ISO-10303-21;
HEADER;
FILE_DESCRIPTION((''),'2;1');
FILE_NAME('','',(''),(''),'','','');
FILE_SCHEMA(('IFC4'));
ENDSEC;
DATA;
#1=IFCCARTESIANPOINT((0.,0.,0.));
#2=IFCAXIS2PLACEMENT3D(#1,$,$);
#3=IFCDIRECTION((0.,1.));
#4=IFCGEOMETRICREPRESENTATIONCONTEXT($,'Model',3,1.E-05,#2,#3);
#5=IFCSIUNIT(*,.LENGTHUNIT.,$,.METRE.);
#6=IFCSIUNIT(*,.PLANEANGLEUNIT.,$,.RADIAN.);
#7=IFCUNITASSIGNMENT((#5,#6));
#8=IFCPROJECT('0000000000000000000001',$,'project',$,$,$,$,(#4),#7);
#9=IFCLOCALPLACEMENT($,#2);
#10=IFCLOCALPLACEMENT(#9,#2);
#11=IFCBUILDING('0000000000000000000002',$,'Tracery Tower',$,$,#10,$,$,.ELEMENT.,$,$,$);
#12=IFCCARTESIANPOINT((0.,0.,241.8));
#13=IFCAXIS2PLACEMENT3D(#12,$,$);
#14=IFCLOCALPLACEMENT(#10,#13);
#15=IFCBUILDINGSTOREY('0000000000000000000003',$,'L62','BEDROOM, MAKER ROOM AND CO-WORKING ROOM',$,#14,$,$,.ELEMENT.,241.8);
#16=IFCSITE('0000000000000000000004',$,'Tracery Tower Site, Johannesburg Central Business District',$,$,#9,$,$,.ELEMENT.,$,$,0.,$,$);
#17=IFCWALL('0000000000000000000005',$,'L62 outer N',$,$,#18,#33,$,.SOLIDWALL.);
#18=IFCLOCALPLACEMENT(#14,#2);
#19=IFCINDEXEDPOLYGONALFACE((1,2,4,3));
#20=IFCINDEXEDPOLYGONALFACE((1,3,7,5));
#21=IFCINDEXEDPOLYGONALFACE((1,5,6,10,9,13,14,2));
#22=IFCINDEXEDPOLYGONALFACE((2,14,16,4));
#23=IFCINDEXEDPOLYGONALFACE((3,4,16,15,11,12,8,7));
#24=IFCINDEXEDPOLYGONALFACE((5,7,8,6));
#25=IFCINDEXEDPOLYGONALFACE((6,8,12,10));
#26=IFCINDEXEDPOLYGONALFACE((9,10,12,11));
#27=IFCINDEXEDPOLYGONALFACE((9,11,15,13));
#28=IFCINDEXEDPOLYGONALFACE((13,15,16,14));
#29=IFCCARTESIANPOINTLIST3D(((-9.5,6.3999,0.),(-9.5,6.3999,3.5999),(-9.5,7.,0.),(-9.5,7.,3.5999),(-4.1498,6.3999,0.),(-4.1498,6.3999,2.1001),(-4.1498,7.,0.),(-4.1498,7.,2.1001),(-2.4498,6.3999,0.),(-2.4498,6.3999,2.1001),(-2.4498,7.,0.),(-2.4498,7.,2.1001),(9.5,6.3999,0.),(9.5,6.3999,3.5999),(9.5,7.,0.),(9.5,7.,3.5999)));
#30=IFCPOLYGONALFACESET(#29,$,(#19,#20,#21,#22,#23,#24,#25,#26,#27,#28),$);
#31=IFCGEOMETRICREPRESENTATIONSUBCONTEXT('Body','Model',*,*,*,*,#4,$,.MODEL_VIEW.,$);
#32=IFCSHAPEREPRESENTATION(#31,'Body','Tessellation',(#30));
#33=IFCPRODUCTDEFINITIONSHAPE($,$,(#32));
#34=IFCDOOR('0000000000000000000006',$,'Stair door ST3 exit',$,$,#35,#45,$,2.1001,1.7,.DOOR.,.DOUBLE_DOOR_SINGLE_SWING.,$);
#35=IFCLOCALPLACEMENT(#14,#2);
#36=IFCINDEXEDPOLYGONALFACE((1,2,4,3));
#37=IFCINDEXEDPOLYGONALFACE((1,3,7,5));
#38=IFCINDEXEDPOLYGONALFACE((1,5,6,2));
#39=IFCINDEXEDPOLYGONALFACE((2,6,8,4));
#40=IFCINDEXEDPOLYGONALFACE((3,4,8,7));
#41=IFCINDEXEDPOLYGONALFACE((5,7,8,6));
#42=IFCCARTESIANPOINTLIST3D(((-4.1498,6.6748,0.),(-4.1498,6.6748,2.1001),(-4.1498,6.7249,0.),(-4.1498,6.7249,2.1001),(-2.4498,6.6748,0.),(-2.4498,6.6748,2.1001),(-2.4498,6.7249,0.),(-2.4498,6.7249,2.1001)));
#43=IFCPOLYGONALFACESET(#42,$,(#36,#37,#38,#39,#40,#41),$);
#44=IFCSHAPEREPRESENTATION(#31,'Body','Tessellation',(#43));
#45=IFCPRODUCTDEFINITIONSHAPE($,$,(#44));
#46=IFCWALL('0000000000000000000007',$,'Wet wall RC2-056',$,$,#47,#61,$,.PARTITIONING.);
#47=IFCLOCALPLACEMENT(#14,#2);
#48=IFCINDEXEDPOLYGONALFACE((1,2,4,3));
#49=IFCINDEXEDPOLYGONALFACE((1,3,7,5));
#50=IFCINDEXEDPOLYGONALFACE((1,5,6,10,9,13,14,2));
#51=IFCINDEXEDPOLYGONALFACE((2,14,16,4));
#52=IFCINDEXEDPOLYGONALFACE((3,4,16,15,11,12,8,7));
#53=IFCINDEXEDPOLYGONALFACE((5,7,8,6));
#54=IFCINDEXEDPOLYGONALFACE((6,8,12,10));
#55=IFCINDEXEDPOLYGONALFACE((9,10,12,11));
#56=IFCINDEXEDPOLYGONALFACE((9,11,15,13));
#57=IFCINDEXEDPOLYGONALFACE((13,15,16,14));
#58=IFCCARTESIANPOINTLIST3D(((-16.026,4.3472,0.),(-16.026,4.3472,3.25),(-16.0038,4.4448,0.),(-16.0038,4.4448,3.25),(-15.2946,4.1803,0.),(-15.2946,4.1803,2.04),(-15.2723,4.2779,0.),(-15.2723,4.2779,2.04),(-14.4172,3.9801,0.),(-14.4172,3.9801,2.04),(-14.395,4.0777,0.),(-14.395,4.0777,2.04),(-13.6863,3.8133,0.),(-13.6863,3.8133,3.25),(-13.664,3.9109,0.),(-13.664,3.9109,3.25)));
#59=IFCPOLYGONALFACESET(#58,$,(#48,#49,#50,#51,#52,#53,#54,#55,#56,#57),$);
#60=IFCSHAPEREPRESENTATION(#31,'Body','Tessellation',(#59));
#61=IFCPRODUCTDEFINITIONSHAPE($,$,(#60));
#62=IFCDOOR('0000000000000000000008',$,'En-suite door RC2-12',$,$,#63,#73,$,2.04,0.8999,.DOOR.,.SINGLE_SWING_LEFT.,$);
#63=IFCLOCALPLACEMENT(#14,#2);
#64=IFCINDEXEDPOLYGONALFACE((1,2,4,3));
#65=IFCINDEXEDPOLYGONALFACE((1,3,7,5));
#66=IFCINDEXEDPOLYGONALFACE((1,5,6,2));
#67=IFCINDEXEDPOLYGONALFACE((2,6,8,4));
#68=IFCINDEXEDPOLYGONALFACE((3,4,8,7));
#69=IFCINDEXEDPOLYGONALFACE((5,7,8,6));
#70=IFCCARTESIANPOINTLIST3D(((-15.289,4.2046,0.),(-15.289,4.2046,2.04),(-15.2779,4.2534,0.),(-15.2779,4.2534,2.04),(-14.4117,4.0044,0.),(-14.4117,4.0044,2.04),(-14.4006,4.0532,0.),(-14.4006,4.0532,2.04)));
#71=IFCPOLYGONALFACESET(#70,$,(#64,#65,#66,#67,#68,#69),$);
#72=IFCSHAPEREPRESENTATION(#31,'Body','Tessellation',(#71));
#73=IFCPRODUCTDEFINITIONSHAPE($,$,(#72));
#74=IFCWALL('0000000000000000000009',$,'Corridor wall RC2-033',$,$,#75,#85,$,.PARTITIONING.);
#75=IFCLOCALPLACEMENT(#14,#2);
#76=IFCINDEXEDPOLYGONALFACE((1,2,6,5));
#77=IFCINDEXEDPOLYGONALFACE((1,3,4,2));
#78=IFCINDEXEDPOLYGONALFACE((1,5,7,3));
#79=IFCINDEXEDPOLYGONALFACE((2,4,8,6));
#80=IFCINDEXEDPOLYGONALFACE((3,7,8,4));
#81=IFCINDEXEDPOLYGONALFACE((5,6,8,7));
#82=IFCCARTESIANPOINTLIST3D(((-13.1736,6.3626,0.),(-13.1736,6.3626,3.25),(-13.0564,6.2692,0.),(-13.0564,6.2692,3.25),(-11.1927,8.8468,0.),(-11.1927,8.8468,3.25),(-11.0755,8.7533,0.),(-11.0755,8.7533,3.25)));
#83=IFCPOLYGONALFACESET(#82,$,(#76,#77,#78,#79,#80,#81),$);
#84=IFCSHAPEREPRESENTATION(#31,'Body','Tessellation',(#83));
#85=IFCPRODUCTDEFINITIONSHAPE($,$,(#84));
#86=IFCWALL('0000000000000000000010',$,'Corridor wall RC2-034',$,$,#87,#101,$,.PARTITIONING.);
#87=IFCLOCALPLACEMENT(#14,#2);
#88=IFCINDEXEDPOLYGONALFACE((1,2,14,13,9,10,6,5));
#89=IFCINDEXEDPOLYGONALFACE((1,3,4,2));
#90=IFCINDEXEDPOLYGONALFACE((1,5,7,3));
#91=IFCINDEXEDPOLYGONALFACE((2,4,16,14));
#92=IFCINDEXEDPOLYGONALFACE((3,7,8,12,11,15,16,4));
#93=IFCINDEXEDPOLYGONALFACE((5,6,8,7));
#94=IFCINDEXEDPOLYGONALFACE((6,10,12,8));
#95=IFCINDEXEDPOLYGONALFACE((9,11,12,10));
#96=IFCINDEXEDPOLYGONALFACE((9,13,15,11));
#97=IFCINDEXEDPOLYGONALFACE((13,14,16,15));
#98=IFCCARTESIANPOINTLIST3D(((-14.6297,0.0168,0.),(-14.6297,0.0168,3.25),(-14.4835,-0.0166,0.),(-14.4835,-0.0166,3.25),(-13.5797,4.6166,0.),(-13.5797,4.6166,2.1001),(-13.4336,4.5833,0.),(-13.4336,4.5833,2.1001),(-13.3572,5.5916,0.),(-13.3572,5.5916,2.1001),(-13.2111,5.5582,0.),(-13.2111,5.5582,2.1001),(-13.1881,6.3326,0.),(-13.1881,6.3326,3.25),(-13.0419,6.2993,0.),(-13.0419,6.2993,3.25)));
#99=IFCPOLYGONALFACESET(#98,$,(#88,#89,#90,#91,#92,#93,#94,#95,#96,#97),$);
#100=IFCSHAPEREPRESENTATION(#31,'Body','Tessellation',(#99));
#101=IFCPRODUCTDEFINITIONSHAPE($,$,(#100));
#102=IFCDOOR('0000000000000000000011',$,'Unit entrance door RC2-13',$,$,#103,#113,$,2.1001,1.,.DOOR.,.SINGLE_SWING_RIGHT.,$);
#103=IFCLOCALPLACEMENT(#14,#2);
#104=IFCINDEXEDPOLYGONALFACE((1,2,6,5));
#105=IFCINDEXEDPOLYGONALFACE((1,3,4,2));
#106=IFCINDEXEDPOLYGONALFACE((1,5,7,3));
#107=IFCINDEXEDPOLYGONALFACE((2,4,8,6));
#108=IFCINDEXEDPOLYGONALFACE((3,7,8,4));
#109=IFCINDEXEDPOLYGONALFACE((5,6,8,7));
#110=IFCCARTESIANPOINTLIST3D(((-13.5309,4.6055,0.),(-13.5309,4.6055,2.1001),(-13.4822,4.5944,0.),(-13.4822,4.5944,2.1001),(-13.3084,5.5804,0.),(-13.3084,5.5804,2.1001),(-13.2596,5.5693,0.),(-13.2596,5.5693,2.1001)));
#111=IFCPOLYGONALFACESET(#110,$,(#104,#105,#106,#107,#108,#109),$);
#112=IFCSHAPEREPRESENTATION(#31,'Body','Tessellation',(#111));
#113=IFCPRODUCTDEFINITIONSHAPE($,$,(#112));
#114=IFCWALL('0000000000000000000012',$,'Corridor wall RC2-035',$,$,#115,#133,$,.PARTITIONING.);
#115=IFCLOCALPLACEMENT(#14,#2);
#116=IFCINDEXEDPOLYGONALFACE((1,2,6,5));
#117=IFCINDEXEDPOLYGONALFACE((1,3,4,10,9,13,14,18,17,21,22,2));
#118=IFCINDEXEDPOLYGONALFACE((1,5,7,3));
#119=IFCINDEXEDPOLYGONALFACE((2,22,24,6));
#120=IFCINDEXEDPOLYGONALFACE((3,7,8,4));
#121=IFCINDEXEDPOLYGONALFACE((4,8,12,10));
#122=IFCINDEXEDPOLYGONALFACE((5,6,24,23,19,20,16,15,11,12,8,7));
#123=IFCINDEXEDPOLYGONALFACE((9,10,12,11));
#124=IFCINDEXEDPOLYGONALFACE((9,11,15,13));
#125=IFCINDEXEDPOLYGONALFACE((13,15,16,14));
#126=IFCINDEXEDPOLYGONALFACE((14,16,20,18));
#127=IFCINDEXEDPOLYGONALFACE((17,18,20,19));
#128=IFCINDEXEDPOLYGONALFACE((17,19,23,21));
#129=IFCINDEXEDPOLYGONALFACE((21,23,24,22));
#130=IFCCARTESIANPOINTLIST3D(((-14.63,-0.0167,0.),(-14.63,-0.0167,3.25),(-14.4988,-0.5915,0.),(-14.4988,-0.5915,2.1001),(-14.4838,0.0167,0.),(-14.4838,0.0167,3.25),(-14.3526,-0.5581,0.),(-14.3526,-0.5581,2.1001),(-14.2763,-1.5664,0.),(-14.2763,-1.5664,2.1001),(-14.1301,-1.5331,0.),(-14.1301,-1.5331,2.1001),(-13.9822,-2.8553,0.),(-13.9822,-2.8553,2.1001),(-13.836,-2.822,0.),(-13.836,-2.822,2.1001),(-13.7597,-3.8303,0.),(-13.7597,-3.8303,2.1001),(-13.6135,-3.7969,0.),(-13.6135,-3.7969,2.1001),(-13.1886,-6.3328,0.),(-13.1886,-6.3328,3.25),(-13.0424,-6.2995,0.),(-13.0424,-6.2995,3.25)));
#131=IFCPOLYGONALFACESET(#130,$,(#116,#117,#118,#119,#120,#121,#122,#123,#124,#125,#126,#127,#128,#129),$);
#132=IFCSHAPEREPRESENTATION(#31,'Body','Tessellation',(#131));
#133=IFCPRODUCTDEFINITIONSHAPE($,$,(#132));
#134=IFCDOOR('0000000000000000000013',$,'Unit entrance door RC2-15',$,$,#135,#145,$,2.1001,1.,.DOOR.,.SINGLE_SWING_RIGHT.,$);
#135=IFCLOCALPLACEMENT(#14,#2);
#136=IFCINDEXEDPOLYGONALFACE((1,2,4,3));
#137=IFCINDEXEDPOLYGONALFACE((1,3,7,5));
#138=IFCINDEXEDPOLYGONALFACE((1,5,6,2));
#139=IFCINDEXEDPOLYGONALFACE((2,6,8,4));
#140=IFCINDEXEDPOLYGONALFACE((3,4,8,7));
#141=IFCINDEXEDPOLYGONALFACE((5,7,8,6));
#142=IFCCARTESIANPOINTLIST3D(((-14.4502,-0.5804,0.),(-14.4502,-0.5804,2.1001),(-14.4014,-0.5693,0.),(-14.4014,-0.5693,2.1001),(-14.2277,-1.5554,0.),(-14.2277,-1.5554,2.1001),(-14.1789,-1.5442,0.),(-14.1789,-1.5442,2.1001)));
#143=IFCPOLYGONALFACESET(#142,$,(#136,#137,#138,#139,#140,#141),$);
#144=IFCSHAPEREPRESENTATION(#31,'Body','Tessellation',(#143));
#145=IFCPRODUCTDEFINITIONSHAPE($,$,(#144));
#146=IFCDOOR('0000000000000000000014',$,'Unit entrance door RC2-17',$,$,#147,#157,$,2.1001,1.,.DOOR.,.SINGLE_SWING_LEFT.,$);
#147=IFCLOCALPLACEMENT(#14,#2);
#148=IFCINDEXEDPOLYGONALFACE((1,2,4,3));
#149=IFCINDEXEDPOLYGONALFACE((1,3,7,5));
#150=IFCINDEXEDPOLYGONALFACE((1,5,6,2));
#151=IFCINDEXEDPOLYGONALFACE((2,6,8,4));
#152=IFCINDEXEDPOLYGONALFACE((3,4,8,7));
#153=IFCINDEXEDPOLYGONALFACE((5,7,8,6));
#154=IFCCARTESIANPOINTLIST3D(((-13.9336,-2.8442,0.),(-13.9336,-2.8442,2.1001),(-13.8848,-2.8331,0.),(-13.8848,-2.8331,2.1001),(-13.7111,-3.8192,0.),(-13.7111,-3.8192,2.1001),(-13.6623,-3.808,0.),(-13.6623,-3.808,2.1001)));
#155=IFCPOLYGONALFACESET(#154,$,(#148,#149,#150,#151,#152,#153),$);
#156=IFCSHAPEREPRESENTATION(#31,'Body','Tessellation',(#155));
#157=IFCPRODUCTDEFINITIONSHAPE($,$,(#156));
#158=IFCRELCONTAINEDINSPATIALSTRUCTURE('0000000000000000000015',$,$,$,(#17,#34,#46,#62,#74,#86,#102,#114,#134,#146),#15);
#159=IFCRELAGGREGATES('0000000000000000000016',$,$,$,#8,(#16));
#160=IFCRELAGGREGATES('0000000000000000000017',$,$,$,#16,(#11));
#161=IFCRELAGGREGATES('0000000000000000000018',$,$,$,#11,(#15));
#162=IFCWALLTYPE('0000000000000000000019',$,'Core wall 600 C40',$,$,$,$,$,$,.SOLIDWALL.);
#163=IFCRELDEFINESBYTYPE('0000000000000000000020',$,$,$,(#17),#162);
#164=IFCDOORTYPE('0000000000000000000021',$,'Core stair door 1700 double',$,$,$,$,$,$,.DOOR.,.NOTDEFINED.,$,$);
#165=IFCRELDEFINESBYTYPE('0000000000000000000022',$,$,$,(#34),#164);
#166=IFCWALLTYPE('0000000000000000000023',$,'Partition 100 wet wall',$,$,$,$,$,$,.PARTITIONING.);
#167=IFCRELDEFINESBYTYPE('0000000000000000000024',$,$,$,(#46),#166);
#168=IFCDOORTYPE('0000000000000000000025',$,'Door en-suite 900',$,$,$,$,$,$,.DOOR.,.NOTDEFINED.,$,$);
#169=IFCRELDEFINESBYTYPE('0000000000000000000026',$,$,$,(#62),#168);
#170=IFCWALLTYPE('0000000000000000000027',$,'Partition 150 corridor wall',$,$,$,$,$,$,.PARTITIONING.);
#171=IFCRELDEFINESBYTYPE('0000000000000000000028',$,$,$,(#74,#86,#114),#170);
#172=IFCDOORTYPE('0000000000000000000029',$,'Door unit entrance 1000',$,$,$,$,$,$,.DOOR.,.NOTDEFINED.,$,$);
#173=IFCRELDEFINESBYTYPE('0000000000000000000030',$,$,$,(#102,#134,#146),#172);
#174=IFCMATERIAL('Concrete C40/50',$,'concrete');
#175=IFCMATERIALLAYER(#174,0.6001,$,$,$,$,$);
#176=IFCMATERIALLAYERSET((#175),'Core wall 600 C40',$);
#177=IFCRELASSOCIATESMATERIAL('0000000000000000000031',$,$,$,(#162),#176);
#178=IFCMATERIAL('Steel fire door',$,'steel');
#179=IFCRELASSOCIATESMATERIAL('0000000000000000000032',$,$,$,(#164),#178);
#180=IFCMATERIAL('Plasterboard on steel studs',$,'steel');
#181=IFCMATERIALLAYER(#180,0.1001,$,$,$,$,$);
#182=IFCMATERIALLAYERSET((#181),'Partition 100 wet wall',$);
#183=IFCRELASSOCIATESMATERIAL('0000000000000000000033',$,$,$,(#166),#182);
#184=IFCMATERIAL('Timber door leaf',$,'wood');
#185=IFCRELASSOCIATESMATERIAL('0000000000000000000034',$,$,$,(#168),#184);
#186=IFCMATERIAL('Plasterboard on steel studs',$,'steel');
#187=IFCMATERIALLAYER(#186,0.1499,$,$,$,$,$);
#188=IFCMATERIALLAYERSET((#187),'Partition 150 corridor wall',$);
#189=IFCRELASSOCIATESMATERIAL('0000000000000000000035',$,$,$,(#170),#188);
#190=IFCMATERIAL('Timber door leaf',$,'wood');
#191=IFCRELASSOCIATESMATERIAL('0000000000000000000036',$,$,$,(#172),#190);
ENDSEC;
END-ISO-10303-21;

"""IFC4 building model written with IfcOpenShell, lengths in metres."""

from ifc_helpers import new_model, si_unit, direction, frame, frame_2d, origin, place, context, subcontext, project, spatial, rectangle, extrude, material, layer, layer_set, type_object, element, fill, save


model = new_model("IFC4")

# Units and contexts
model_context = context("Model", 3, precision=1e-05, world=origin(), true_north=direction((0.0, 1.0)))
body_context = subcontext(model_context, "Body", "Model", "MODEL_VIEW")
ifc_project = project(units=[si_unit("LENGTHUNIT", "METRE"), si_unit("PLANEANGLEUNIT", "RADIAN")], contexts=[model_context])

# Site, building, storey
site_placement = place(None, origin())
site = spatial("IfcSite", under=ifc_project, at=site_placement, Name="Tracery Tower Site, Johannesburg Central Business District", CompositionType="ELEMENT", RefElevation=0.0)
building_placement = place(site_placement, origin())
building = spatial("IfcBuilding", under=site, at=building_placement, Name="Tracery Tower", CompositionType="ELEMENT")
storey_placement = place(building_placement, frame((0.0, 0.0, 241.8)))
storey = spatial("IfcBuildingStorey", under=building, at=storey_placement, Name="L62", Description="BEDROOM, MAKER ROOM AND CO-WORKING ROOM", CompositionType="ELEMENT", Elevation=241.8)

# Walls, openings, doors
ifc_material_1 = material(Name="Concrete C40/50", Category="concrete")
ifc_layer_1 = layer(ifc_material_1, 0.6001)
ifc_layer_set_1 = layer_set([ifc_layer_1], Name="Core wall 600 C40")
wall_type_1 = type_object("IfcWallType", Name="Core wall 600 C40", PredefinedType="SOLIDWALL", material=ifc_layer_set_1)
wall_1_placement = place(storey_placement, frame((-9.5, 6.7, 0.0), z_axis=(0.0, 0.0, 1.0), x_axis=(1.0, 0.0, 0.0)))
wall_1 = element("IfcWall", 1, at=wall_1_placement, inside=storey, type_object=wall_type_1, Name="L62 outer N", PredefinedType="SOLIDWALL", context=body_context, shape_type="SweptSolid", body=[
    extrude(rectangle(XDim=19.0, YDim=0.6001, at=frame_2d((9.5, 0.0))), origin(), (0.0, 0.0, 1.0), 3.5999),
])
opening_1_placement = place(wall_1_placement, frame((5.3501, 0.0, 0.0)))
opening_1 = element("IfcOpeningElement", 2, at=opening_1_placement, cuts=wall_1, PredefinedType="OPENING", context=body_context, shape_type="SweptSolid", body=[
    extrude(rectangle(XDim=1.7, YDim=2.1001, at=frame_2d((0.8501, 1.05))), frame((0.0, 0.3, 0.0), z_axis=(0.0, -1.0, 0.0), x_axis=(1.0, 0.0, 0.0)), (0.0, 0.0, 1.0), 0.6001),
])
ifc_material_2 = material(Name="Steel fire door", Category="steel")
door_type_1 = type_object("IfcDoorType", Name="Core stair door 1700 double", OperationType="NOTDEFINED", PredefinedType="DOOR", material=ifc_material_2)
door_1_placement = place(opening_1_placement, origin())
door_1 = element("IfcDoor", 3, at=door_1_placement, inside=storey, type_object=door_type_1, Name="Stair door ST3 exit", OperationType="DOUBLE_DOOR_SINGLE_SWING", OverallHeight=2.1001, OverallWidth=1.7, PredefinedType="DOOR", context=body_context, shape_type="SweptSolid", body=[
    extrude(rectangle(XDim=1.7, YDim=2.1001, at=frame_2d((0.8501, 1.05))), frame((0.0, 0.0249, 0.0), z_axis=(0.0, -1.0, 0.0), x_axis=(1.0, 0.0, 0.0)), (0.0, 0.0, 1.0), 0.05),
])
fill(opening_1, door_1)
ifc_material_3 = material(Name="Plasterboard on steel studs", Category="steel")
ifc_layer_2 = layer(ifc_material_3, 0.1001)
ifc_layer_set_2 = layer_set([ifc_layer_2], Name="Partition 100 wet wall")
wall_type_2 = type_object("IfcWallType", Name="Partition 100 wet wall", PredefinedType="PARTITIONING", material=ifc_layer_set_2)
wall_2_placement = place(storey_placement, frame((-16.0149, 4.396, 0.0), z_axis=(0.0, 0.0, 1.0), x_axis=(0.974939, -0.222474, 0.0)))
wall_2 = element("IfcWall", 4, at=wall_2_placement, inside=storey, type_object=wall_type_2, Name="Wet wall RC2-056", PredefinedType="PARTITIONING", context=body_context, shape_type="SweptSolid", body=[
    extrude(rectangle(XDim=2.3999, YDim=0.1001, at=frame_2d((1.2, 0.0))), origin(), (0.0, 0.0, 1.0), 3.25),
])
opening_2_placement = place(wall_2_placement, frame((0.7502, 0.0, 0.0)))
opening_2 = element("IfcOpeningElement", 5, at=opening_2_placement, cuts=wall_2, PredefinedType="OPENING", context=body_context, shape_type="SweptSolid", body=[
    extrude(rectangle(XDim=0.8999, YDim=2.04, at=frame_2d((0.45, 1.02))), frame((0.0, 0.05, 0.0), z_axis=(0.0, -1.0, 0.0), x_axis=(1.0, 0.0, 0.0)), (0.0, 0.0, 1.0), 0.1001),
])
ifc_material_4 = material(Name="Timber door leaf", Category="wood")
door_type_2 = type_object("IfcDoorType", Name="Door en-suite 900", OperationType="NOTDEFINED", PredefinedType="DOOR", material=ifc_material_4)
door_2_placement = place(opening_2_placement, origin())
door_2 = element("IfcDoor", 6, at=door_2_placement, inside=storey, type_object=door_type_2, Name="En-suite door RC2-12", OperationType="SINGLE_SWING_LEFT", OverallHeight=2.04, OverallWidth=0.8999, PredefinedType="DOOR", context=body_context, shape_type="SweptSolid", body=[
    extrude(rectangle(XDim=0.8999, YDim=2.04, at=frame_2d((0.45, 1.02))), frame((0.0, 0.0249, 0.0), z_axis=(0.0, -1.0, 0.0), x_axis=(1.0, 0.0, 0.0)), (0.0, 0.0, 1.0), 0.05),
])
fill(opening_2, door_2)

# Wall
ifc_material_5 = material(Name="Plasterboard on steel studs", Category="steel")
ifc_layer_3 = layer(ifc_material_5, 0.1499)
ifc_layer_set_3 = layer_set([ifc_layer_3], Name="Partition 150 corridor wall")
wall_type_3 = type_object("IfcWallType", Name="Partition 150 corridor wall", PredefinedType="PARTITIONING", material=ifc_layer_set_3)
wall_3_placement = place(storey_placement, frame((-13.115, 6.3159, 0.0), z_axis=(0.0, 0.0, 1.0), x_axis=(0.623476, 0.781842, 0.0)))
element("IfcWall", 7, at=wall_3_placement, inside=storey, type_object=wall_type_3, Name="Corridor wall RC2-033", PredefinedType="PARTITIONING", context=body_context, shape_type="SweptSolid", body=[
    extrude(rectangle(XDim=3.1772, YDim=0.1499, at=frame_2d((1.5886, 0.0))), origin(), (0.0, 0.0, 1.0), 3.25),
])

# Wall, opening, door
wall_4_placement = place(storey_placement, frame((-14.5566, 0.0, 0.0), z_axis=(0.0, 0.0, 1.0), x_axis=(0.222533, 0.974925, 0.0)))
wall_4 = element("IfcWall", 8, at=wall_4_placement, inside=storey, type_object=wall_type_3, Name="Corridor wall RC2-034", PredefinedType="PARTITIONING", context=body_context, shape_type="SweptSolid", body=[
    extrude(rectangle(XDim=6.4783, YDim=0.1499, at=frame_2d((3.2393, 0.0))), origin(), (0.0, 0.0, 1.0), 3.25),
])
opening_3_placement = place(wall_4_placement, frame((4.7183, 0.0, 0.0)))
opening_3 = element("IfcOpeningElement", 9, at=opening_3_placement, cuts=wall_4, PredefinedType="OPENING", context=body_context, shape_type="SweptSolid", body=[
    extrude(rectangle(XDim=1.0, YDim=2.1001, at=frame_2d((0.5, 1.05))), frame((0.0, 0.075, 0.0), z_axis=(0.0, -1.0, 0.0), x_axis=(1.0, 0.0, 0.0)), (0.0, 0.0, 1.0), 0.1499),
])
ifc_material_6 = material(Name="Timber door leaf", Category="wood")
door_type_3 = type_object("IfcDoorType", Name="Door unit entrance 1000", OperationType="NOTDEFINED", PredefinedType="DOOR", material=ifc_material_6)
door_3_placement = place(opening_3_placement, origin())
door_3 = element("IfcDoor", 10, at=door_3_placement, inside=storey, type_object=door_type_3, Name="Unit entrance door RC2-13", OperationType="SINGLE_SWING_RIGHT", OverallHeight=2.1001, OverallWidth=1.0, PredefinedType="DOOR", context=body_context, shape_type="SweptSolid", body=[
    extrude(rectangle(XDim=1.0, YDim=2.1001, at=frame_2d((0.5, 1.05))), frame((0.0, 0.0249, 0.0), z_axis=(0.0, -1.0, 0.0), x_axis=(1.0, 0.0, 0.0)), (0.0, 0.0, 1.0), 0.05),
])
fill(opening_3, door_3)

# Wall, openings, doors
wall_5_placement = place(storey_placement, frame((-14.5569, 0.0, 0.0), z_axis=(0.0, 0.0, 1.0), x_axis=(0.222489, -0.974935, 0.0)))
wall_5 = element("IfcWall", 11, at=wall_5_placement, inside=storey, type_object=wall_type_3, Name="Corridor wall RC2-035", PredefinedType="PARTITIONING", context=body_context, shape_type="SweptSolid", body=[
    extrude(rectangle(XDim=6.4785, YDim=0.1499, at=frame_2d((3.2393, 0.0))), origin(), (0.0, 0.0, 1.0), 3.25),
])
opening_4_placement = place(wall_5_placement, frame((0.5896, 0.0, 0.0)))
opening_4 = element("IfcOpeningElement", 12, at=opening_4_placement, cuts=wall_5, PredefinedType="OPENING", context=body_context, shape_type="SweptSolid", body=[
    extrude(rectangle(XDim=1.0, YDim=2.1001, at=frame_2d((0.5, 1.05))), frame((0.0, 0.075, 0.0), z_axis=(0.0, -1.0, 0.0), x_axis=(1.0, 0.0, 0.0)), (0.0, 0.0, 1.0), 0.1499),
])
opening_5_placement = place(wall_5_placement, frame((2.9116, 0.0, 0.0)))
opening_5 = element("IfcOpeningElement", 13, at=opening_5_placement, cuts=wall_5, PredefinedType="OPENING", context=body_context, shape_type="SweptSolid", body=[
    extrude(rectangle(XDim=1.0, YDim=2.1001, at=frame_2d((0.5, 1.05))), frame((0.0, 0.075, 0.0), z_axis=(0.0, -1.0, 0.0), x_axis=(1.0, 0.0, 0.0)), (0.0, 0.0, 1.0), 0.1499),
])
door_4_placement = place(opening_4_placement, origin())
door_4 = element("IfcDoor", 14, at=door_4_placement, inside=storey, type_object=door_type_3, Name="Unit entrance door RC2-15", OperationType="SINGLE_SWING_RIGHT", OverallHeight=2.1001, OverallWidth=1.0, PredefinedType="DOOR", context=body_context, shape_type="SweptSolid", body=[
    extrude(rectangle(XDim=1.0, YDim=2.1001, at=frame_2d((0.5, 1.05))), frame((0.0, 0.0249, 0.0), z_axis=(0.0, -1.0, 0.0), x_axis=(1.0, 0.0, 0.0)), (0.0, 0.0, 1.0), 0.05),
])
fill(opening_4, door_4)
door_5_placement = place(opening_5_placement, origin())
door_5 = element("IfcDoor", 15, at=door_5_placement, inside=storey, type_object=door_type_3, Name="Unit entrance door RC2-17", OperationType="SINGLE_SWING_LEFT", OverallHeight=2.1001, OverallWidth=1.0, PredefinedType="DOOR", context=body_context, shape_type="SweptSolid", body=[
    extrude(rectangle(XDim=1.0, YDim=2.1001, at=frame_2d((0.5, 1.05))), frame((0.0, 0.0249, 0.0), z_axis=(0.0, -1.0, 0.0), x_axis=(1.0, 0.0, 0.0)), (0.0, 0.0, 1.0), 0.05),
])
fill(opening_5, door_5)

save(model, "model.ifc")
